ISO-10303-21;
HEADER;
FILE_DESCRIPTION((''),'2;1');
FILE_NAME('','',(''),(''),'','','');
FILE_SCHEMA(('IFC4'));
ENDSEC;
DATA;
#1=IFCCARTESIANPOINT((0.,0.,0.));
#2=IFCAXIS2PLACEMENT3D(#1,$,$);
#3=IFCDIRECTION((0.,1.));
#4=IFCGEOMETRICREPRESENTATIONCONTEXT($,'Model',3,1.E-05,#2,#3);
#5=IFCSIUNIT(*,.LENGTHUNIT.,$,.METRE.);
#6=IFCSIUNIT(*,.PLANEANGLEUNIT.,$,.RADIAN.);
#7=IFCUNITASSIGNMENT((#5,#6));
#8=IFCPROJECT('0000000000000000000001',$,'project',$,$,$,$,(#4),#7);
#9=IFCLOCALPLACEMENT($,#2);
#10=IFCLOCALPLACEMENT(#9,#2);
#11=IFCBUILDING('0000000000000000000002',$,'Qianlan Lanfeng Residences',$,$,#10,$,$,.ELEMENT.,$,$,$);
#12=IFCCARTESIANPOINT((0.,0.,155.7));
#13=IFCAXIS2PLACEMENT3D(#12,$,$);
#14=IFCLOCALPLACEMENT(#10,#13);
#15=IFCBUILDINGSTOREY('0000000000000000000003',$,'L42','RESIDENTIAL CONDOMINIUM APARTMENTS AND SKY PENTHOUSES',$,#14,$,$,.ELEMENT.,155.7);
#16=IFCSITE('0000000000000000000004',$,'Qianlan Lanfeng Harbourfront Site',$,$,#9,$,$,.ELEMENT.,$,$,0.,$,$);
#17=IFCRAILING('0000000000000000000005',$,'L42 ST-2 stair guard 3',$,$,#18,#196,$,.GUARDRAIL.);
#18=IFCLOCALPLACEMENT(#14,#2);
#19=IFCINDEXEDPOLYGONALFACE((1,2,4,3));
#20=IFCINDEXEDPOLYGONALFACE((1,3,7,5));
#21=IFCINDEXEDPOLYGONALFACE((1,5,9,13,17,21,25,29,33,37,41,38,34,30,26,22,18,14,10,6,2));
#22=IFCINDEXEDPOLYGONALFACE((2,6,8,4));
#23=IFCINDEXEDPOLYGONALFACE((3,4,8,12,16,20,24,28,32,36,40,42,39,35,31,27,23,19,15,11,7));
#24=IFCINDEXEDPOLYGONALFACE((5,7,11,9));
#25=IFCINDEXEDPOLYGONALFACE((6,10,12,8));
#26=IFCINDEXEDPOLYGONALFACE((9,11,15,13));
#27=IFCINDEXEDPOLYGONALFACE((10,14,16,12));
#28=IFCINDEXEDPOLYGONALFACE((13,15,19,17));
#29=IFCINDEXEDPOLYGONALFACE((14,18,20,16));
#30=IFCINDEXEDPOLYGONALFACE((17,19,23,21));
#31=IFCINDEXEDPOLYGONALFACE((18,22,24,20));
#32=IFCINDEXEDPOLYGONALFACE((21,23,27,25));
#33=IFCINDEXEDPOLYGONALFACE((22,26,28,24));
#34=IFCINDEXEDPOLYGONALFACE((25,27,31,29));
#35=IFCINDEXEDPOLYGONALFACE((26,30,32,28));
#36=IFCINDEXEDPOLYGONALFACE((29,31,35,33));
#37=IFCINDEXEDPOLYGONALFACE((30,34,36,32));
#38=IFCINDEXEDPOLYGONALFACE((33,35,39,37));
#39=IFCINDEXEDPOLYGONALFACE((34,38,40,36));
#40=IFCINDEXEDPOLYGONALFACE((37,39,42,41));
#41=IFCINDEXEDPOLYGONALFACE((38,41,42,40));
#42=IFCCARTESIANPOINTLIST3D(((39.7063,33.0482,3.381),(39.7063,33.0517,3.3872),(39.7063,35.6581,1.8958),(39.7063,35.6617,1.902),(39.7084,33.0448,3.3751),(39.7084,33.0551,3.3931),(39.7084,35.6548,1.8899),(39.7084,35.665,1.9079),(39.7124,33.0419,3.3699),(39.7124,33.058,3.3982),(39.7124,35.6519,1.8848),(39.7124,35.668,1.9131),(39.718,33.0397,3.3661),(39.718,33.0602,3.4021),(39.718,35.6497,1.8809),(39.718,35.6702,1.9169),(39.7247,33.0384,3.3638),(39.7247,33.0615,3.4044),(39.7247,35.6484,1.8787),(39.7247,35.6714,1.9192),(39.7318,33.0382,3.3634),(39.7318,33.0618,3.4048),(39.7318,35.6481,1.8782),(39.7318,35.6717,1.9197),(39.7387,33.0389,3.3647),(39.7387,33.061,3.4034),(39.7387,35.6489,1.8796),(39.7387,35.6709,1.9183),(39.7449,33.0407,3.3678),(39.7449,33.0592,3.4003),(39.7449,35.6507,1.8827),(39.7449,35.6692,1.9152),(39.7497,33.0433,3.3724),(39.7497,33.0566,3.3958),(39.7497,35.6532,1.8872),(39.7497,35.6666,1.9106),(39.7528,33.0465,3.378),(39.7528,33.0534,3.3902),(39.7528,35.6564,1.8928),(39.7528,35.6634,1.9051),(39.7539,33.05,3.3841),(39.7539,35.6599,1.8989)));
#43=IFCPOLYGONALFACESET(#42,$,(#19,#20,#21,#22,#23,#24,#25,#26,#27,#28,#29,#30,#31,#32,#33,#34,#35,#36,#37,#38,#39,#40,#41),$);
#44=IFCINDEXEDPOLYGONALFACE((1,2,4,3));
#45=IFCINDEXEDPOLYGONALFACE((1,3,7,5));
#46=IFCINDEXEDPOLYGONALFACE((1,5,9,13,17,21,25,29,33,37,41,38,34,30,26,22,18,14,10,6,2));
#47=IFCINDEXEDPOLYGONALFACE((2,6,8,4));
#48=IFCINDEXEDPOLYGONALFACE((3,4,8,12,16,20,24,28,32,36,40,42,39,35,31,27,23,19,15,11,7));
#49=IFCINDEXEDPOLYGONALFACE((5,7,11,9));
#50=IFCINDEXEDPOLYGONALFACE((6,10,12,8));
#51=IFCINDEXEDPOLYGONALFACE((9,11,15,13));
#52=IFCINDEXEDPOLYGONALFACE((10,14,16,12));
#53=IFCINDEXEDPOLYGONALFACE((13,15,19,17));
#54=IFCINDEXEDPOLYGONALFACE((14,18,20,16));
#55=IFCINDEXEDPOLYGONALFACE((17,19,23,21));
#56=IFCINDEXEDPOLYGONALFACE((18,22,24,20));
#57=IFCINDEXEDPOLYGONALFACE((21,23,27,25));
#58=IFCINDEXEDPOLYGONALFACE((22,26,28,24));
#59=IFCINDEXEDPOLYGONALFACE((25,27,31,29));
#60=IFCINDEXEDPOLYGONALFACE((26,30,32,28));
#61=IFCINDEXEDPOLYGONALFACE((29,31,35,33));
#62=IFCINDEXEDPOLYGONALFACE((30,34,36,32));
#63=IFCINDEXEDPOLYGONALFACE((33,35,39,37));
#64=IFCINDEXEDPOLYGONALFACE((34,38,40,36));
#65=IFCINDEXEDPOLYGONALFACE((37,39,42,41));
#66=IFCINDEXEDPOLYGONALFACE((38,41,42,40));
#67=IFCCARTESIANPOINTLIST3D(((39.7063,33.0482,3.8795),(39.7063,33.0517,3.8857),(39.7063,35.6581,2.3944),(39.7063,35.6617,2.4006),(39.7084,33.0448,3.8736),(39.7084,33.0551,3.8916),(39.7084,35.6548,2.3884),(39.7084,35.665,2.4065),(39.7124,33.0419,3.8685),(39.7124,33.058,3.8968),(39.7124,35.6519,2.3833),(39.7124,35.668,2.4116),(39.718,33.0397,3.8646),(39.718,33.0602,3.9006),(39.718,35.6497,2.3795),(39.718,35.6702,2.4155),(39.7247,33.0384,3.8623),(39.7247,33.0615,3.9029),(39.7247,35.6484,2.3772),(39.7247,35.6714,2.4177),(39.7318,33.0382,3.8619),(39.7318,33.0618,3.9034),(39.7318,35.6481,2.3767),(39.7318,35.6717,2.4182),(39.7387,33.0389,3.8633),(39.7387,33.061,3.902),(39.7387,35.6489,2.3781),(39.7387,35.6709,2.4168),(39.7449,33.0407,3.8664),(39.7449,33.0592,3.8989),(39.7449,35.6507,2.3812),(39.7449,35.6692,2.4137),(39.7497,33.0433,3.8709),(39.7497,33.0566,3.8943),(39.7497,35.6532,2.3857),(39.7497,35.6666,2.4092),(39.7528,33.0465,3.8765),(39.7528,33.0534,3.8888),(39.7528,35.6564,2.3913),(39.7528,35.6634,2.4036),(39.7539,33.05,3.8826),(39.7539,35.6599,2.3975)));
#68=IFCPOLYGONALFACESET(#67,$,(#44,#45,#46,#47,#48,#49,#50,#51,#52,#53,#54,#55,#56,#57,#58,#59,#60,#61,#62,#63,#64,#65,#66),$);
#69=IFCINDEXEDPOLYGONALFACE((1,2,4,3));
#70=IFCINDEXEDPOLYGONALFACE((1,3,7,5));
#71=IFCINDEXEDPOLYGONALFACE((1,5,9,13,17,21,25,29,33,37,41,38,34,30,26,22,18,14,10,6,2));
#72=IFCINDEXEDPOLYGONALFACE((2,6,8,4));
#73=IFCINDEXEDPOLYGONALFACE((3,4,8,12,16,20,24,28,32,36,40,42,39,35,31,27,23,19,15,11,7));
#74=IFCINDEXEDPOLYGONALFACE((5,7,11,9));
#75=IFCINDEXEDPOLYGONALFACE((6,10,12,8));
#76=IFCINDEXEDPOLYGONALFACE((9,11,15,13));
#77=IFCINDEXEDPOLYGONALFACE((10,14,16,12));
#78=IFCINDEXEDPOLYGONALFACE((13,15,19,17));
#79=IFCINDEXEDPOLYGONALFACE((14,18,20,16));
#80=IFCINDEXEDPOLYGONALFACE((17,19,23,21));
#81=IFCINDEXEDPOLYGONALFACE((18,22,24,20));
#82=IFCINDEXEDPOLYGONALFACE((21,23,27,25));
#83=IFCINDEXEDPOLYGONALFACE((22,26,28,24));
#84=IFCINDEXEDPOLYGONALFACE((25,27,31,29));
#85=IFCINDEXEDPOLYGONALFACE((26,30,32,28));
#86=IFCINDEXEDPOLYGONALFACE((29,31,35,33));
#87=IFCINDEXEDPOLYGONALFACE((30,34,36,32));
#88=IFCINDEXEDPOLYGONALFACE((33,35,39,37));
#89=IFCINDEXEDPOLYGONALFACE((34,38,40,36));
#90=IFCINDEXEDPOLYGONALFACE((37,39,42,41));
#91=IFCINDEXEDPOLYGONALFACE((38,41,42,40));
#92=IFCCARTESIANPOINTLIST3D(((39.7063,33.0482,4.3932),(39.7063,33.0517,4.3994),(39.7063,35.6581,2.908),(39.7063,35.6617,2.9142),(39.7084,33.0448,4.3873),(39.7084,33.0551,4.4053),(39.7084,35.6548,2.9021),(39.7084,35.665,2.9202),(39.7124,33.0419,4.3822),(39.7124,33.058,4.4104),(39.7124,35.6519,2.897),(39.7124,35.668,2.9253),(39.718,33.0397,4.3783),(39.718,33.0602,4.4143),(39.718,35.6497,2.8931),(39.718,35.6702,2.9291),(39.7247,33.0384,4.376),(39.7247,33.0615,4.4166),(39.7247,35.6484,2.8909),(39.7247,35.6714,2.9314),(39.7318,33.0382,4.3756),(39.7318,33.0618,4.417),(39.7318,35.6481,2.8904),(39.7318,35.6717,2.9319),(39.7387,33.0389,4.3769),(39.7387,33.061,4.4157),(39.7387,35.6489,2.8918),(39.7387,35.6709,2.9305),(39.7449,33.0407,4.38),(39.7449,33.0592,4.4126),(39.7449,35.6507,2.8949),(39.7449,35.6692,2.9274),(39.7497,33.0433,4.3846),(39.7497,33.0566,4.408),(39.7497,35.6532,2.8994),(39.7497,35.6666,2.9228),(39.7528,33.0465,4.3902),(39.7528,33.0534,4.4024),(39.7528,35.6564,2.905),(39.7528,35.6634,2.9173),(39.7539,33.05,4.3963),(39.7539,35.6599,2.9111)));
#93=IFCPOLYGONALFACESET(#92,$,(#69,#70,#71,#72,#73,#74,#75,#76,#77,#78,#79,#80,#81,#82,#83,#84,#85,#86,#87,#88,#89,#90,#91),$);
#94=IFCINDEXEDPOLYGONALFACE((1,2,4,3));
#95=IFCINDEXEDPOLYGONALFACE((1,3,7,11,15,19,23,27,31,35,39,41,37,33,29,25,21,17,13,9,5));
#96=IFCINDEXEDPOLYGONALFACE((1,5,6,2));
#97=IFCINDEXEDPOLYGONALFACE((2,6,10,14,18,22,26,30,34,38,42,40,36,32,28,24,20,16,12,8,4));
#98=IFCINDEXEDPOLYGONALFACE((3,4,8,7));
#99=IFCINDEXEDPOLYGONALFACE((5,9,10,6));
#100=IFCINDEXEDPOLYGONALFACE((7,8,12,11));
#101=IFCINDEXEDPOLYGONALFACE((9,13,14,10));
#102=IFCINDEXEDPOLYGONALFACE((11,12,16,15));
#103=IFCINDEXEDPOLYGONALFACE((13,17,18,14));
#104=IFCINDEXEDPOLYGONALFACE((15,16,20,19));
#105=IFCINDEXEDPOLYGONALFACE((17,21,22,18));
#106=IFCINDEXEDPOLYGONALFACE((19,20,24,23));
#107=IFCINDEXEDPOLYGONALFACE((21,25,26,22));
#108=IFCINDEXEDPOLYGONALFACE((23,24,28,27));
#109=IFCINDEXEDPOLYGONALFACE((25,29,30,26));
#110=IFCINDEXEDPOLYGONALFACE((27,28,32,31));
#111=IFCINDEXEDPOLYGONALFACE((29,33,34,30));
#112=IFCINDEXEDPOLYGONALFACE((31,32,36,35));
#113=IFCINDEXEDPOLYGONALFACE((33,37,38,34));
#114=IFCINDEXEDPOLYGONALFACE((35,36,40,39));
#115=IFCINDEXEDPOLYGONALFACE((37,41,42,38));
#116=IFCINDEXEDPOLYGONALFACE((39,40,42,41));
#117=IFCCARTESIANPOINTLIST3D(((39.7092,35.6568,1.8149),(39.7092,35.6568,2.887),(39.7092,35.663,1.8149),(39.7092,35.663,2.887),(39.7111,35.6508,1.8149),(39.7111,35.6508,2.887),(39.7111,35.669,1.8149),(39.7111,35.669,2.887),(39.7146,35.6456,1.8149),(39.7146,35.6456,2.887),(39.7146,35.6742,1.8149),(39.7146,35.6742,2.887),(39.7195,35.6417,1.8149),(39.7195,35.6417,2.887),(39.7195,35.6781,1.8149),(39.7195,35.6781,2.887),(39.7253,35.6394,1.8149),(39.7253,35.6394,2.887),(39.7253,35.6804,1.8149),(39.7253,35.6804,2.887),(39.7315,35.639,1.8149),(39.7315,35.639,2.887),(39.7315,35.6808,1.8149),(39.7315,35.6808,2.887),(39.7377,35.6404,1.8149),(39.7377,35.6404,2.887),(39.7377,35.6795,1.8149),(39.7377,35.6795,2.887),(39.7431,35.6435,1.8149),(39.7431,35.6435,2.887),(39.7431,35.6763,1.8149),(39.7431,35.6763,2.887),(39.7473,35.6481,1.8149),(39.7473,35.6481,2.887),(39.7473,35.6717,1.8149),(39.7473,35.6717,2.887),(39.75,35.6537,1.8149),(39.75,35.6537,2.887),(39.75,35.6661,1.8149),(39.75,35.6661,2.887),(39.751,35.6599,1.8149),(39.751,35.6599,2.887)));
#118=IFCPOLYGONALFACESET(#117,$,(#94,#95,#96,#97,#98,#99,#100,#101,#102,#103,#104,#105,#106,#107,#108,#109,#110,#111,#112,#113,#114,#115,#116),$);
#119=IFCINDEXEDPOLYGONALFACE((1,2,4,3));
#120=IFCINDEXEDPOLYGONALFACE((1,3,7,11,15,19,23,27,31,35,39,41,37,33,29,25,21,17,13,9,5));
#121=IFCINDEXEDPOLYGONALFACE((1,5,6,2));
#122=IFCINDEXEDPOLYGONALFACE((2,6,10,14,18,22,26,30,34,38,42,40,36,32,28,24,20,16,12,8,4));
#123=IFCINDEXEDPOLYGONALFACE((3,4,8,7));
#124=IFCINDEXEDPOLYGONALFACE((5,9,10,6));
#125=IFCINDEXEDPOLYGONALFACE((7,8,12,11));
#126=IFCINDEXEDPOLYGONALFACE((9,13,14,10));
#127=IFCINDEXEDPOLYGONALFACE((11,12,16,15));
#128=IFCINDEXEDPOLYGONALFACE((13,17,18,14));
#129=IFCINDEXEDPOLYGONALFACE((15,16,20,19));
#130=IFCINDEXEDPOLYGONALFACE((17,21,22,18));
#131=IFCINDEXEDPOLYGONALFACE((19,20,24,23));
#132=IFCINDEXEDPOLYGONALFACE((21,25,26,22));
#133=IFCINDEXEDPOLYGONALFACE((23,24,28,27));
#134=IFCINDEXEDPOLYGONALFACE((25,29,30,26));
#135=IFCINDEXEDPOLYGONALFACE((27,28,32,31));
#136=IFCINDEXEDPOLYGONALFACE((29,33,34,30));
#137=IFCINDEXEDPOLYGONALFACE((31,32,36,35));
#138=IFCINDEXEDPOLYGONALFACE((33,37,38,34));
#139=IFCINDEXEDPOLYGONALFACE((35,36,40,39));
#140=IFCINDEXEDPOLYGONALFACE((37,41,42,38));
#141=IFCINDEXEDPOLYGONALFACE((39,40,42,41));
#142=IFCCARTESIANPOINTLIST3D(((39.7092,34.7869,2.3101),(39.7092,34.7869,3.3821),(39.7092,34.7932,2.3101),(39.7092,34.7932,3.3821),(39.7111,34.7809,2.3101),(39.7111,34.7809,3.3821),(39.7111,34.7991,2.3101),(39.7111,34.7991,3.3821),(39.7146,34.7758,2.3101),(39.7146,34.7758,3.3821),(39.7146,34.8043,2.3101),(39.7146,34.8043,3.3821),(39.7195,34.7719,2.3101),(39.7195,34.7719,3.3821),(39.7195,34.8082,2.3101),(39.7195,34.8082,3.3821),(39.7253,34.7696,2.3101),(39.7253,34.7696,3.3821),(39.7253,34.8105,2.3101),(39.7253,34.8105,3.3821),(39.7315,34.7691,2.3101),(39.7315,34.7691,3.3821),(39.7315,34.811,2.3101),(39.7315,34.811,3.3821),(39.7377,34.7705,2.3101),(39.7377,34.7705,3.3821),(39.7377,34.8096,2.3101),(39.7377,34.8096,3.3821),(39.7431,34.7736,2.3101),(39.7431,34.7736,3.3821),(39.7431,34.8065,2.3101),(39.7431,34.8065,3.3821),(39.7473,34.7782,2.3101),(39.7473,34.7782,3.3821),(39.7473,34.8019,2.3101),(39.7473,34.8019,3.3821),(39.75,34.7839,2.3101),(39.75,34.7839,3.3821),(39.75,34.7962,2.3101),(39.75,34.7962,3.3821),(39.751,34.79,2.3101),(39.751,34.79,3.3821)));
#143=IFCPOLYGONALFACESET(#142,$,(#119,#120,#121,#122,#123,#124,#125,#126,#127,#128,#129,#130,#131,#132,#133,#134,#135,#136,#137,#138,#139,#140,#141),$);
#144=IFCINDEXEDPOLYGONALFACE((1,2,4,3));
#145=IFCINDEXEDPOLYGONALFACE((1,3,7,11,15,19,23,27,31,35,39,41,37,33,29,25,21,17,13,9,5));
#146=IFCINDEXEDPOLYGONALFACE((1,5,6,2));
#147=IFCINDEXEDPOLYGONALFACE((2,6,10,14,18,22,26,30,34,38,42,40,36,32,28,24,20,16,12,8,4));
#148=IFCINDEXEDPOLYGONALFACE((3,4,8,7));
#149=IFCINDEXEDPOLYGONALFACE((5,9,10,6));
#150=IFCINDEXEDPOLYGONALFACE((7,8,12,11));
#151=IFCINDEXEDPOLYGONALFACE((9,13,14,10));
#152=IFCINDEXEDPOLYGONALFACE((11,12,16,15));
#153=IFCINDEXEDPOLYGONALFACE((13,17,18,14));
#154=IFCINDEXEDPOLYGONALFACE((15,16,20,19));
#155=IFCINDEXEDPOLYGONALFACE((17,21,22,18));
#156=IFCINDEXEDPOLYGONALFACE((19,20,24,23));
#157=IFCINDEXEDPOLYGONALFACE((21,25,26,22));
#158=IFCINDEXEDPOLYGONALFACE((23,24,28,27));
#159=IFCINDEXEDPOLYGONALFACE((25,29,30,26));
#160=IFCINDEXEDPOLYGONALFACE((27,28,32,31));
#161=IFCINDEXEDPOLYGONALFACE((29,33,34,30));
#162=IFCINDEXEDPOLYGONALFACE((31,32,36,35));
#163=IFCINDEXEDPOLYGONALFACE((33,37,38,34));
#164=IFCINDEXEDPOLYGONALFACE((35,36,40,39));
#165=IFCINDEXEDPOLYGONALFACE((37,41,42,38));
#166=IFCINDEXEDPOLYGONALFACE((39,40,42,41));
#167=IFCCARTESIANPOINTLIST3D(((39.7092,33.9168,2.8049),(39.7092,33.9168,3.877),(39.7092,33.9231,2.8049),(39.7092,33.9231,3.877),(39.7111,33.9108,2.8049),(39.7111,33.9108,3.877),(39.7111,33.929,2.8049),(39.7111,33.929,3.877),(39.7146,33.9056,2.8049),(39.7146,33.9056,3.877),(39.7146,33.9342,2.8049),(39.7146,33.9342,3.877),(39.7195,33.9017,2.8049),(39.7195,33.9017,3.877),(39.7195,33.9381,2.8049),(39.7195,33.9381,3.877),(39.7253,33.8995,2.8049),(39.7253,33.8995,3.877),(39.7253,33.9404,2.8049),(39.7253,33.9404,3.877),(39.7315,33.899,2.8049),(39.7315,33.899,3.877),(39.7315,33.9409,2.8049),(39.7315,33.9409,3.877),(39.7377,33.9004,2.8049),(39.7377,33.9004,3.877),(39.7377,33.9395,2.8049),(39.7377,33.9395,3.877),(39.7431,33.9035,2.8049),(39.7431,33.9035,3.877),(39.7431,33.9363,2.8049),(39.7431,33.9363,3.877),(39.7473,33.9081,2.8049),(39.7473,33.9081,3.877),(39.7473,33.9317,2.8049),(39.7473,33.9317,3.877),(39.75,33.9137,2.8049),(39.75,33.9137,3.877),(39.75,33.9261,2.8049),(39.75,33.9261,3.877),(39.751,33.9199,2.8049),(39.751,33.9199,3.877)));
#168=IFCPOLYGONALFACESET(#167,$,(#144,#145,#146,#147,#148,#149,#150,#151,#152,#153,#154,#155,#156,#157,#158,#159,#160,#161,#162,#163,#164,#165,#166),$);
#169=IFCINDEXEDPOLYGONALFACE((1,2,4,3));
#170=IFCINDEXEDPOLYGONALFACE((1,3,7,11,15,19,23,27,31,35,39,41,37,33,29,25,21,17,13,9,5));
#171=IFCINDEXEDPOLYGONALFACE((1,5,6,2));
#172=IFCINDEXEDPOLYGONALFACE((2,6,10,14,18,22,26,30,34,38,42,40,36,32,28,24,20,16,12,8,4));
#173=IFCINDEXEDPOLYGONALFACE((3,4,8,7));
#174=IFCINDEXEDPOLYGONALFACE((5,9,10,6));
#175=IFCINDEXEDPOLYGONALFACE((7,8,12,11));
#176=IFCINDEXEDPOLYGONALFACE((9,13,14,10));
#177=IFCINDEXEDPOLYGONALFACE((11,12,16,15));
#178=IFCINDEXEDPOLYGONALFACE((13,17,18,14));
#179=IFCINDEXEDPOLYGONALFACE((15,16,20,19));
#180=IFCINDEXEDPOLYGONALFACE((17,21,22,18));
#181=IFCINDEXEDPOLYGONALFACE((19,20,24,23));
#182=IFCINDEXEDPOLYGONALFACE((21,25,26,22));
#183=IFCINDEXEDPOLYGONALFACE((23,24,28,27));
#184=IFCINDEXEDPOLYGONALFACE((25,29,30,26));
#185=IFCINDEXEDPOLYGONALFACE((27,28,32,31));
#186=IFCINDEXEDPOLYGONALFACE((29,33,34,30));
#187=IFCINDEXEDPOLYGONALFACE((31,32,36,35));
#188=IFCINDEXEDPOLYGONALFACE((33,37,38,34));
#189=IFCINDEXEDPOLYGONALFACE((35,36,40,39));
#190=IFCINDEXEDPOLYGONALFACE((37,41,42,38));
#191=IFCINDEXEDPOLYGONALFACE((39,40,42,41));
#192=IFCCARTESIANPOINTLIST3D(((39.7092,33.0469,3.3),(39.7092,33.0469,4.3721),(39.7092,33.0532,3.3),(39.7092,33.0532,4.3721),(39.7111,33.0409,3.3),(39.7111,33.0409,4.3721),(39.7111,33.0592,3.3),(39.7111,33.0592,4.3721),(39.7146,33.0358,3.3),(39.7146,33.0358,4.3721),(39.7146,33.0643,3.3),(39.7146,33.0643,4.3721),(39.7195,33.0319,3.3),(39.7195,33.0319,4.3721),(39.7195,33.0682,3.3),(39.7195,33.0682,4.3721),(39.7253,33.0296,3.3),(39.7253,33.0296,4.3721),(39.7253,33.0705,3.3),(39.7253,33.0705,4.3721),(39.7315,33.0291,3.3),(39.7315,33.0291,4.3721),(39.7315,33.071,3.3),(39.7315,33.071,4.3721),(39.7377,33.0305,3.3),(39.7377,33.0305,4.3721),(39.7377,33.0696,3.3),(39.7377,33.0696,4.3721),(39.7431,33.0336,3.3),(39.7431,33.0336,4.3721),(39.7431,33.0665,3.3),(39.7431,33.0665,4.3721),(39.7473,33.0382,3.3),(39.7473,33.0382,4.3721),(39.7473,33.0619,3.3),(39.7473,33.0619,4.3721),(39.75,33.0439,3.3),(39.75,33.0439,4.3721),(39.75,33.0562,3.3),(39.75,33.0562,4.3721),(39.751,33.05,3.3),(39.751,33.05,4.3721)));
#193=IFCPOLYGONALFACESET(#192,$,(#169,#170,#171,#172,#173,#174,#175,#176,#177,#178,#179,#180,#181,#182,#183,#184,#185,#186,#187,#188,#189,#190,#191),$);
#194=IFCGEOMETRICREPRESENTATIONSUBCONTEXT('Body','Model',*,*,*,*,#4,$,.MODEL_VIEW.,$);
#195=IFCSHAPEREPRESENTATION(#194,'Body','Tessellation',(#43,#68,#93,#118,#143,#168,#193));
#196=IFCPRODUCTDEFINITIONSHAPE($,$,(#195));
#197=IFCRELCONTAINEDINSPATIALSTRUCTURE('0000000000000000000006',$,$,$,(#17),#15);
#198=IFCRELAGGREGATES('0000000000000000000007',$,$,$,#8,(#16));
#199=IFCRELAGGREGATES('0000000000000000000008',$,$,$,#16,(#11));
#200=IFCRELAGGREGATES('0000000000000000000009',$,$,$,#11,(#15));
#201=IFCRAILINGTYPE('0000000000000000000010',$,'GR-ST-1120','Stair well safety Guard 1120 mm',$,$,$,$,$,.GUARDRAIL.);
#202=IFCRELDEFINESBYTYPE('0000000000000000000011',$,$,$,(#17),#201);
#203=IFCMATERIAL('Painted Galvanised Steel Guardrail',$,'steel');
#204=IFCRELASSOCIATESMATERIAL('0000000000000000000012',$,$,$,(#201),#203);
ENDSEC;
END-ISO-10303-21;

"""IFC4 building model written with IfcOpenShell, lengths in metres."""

from ifc_helpers import new_model, si_unit, direction, frame, origin, origin_2d, place, context, subcontext, project, spatial, circle, extrude, material, type_object, element, save


model = new_model("IFC4")

# Units and contexts
model_context = context("Model", 3, precision=1e-05, world=origin(), true_north=direction((0.0, 1.0)))
body_context = subcontext(model_context, "Body", "Model", "MODEL_VIEW")
ifc_project = project(units=[si_unit("LENGTHUNIT", "METRE"), si_unit("PLANEANGLEUNIT", "RADIAN")], contexts=[model_context])

# Site, building, storey
site_placement = place(None, origin())
site = spatial("IfcSite", under=ifc_project, at=site_placement, Name="Qianlan Lanfeng Harbourfront Site", CompositionType="ELEMENT", RefElevation=0.0)
building_placement = place(site_placement, origin())
building = spatial("IfcBuilding", under=site, at=building_placement, Name="Qianlan Lanfeng Residences", CompositionType="ELEMENT")
storey_placement = place(building_placement, frame((0.0, 0.0, 155.7)))
storey = spatial("IfcBuildingStorey", under=building, at=storey_placement, Name="L42", Description="RESIDENTIAL CONDOMINIUM APARTMENTS AND SKY PENTHOUSES", CompositionType="ELEMENT", Elevation=155.7)

# Railing
ifc_material_1 = material(Name="Painted Galvanised Steel Guardrail", Category="steel")
railing_type_1 = type_object("IfcRailingType", Name="GR-ST-1120", Description="Stair well safety Guard 1120 mm", PredefinedType="GUARDRAIL", material=ifc_material_1)
railing_1_placement = place(storey_placement, frame((39.73, 35.6599, 1.8149)))
element("IfcRailing", 1, at=railing_1_placement, inside=storey, type_object=railing_type_1, Name="L42 ST-2 stair guard 3", PredefinedType="GUARDRAIL", context=body_context, shape_type="SweptSolid", body=[
    extrude(circle(Radius=0.0239, at=origin_2d()), frame((0.0, 0.0, 0.084), z_axis=(0.0, -0.869137, 0.494571), x_axis=(1.0, 0.0, 0.0)), (0.0, 0.0, 1.0), 3.0029),
    extrude(circle(Radius=0.0239, at=origin_2d()), frame((0.0, 0.0, 0.5825), z_axis=(0.0, -0.869137, 0.494571), x_axis=(1.0, 0.0, 0.0)), (0.0, 0.0, 1.0), 3.0029),
    extrude(circle(Radius=0.0239, at=origin_2d()), frame((0.0, 0.0, 1.0962), z_axis=(0.0, -0.869137, 0.494571), x_axis=(1.0, 0.0, 0.0)), (0.0, 0.0, 1.0), 3.0029),
    extrude(circle(Radius=0.021, at=origin_2d()), origin(), (0.0, 0.0, 1.0), 1.072),
    extrude(circle(Radius=0.021, at=origin_2d()), frame((0.0, -0.8699, 0.4951)), (0.0, 0.0, 1.0), 1.072),
    extrude(circle(Radius=0.021, at=origin_2d()), frame((0.0, -1.74, 0.99)), (0.0, 0.0, 1.0), 1.072),
    extrude(circle(Radius=0.021, at=origin_2d()), frame((0.0, -2.6099, 1.4851)), (0.0, 0.0, 1.0), 1.072),
])

save(model, "model.ifc")
